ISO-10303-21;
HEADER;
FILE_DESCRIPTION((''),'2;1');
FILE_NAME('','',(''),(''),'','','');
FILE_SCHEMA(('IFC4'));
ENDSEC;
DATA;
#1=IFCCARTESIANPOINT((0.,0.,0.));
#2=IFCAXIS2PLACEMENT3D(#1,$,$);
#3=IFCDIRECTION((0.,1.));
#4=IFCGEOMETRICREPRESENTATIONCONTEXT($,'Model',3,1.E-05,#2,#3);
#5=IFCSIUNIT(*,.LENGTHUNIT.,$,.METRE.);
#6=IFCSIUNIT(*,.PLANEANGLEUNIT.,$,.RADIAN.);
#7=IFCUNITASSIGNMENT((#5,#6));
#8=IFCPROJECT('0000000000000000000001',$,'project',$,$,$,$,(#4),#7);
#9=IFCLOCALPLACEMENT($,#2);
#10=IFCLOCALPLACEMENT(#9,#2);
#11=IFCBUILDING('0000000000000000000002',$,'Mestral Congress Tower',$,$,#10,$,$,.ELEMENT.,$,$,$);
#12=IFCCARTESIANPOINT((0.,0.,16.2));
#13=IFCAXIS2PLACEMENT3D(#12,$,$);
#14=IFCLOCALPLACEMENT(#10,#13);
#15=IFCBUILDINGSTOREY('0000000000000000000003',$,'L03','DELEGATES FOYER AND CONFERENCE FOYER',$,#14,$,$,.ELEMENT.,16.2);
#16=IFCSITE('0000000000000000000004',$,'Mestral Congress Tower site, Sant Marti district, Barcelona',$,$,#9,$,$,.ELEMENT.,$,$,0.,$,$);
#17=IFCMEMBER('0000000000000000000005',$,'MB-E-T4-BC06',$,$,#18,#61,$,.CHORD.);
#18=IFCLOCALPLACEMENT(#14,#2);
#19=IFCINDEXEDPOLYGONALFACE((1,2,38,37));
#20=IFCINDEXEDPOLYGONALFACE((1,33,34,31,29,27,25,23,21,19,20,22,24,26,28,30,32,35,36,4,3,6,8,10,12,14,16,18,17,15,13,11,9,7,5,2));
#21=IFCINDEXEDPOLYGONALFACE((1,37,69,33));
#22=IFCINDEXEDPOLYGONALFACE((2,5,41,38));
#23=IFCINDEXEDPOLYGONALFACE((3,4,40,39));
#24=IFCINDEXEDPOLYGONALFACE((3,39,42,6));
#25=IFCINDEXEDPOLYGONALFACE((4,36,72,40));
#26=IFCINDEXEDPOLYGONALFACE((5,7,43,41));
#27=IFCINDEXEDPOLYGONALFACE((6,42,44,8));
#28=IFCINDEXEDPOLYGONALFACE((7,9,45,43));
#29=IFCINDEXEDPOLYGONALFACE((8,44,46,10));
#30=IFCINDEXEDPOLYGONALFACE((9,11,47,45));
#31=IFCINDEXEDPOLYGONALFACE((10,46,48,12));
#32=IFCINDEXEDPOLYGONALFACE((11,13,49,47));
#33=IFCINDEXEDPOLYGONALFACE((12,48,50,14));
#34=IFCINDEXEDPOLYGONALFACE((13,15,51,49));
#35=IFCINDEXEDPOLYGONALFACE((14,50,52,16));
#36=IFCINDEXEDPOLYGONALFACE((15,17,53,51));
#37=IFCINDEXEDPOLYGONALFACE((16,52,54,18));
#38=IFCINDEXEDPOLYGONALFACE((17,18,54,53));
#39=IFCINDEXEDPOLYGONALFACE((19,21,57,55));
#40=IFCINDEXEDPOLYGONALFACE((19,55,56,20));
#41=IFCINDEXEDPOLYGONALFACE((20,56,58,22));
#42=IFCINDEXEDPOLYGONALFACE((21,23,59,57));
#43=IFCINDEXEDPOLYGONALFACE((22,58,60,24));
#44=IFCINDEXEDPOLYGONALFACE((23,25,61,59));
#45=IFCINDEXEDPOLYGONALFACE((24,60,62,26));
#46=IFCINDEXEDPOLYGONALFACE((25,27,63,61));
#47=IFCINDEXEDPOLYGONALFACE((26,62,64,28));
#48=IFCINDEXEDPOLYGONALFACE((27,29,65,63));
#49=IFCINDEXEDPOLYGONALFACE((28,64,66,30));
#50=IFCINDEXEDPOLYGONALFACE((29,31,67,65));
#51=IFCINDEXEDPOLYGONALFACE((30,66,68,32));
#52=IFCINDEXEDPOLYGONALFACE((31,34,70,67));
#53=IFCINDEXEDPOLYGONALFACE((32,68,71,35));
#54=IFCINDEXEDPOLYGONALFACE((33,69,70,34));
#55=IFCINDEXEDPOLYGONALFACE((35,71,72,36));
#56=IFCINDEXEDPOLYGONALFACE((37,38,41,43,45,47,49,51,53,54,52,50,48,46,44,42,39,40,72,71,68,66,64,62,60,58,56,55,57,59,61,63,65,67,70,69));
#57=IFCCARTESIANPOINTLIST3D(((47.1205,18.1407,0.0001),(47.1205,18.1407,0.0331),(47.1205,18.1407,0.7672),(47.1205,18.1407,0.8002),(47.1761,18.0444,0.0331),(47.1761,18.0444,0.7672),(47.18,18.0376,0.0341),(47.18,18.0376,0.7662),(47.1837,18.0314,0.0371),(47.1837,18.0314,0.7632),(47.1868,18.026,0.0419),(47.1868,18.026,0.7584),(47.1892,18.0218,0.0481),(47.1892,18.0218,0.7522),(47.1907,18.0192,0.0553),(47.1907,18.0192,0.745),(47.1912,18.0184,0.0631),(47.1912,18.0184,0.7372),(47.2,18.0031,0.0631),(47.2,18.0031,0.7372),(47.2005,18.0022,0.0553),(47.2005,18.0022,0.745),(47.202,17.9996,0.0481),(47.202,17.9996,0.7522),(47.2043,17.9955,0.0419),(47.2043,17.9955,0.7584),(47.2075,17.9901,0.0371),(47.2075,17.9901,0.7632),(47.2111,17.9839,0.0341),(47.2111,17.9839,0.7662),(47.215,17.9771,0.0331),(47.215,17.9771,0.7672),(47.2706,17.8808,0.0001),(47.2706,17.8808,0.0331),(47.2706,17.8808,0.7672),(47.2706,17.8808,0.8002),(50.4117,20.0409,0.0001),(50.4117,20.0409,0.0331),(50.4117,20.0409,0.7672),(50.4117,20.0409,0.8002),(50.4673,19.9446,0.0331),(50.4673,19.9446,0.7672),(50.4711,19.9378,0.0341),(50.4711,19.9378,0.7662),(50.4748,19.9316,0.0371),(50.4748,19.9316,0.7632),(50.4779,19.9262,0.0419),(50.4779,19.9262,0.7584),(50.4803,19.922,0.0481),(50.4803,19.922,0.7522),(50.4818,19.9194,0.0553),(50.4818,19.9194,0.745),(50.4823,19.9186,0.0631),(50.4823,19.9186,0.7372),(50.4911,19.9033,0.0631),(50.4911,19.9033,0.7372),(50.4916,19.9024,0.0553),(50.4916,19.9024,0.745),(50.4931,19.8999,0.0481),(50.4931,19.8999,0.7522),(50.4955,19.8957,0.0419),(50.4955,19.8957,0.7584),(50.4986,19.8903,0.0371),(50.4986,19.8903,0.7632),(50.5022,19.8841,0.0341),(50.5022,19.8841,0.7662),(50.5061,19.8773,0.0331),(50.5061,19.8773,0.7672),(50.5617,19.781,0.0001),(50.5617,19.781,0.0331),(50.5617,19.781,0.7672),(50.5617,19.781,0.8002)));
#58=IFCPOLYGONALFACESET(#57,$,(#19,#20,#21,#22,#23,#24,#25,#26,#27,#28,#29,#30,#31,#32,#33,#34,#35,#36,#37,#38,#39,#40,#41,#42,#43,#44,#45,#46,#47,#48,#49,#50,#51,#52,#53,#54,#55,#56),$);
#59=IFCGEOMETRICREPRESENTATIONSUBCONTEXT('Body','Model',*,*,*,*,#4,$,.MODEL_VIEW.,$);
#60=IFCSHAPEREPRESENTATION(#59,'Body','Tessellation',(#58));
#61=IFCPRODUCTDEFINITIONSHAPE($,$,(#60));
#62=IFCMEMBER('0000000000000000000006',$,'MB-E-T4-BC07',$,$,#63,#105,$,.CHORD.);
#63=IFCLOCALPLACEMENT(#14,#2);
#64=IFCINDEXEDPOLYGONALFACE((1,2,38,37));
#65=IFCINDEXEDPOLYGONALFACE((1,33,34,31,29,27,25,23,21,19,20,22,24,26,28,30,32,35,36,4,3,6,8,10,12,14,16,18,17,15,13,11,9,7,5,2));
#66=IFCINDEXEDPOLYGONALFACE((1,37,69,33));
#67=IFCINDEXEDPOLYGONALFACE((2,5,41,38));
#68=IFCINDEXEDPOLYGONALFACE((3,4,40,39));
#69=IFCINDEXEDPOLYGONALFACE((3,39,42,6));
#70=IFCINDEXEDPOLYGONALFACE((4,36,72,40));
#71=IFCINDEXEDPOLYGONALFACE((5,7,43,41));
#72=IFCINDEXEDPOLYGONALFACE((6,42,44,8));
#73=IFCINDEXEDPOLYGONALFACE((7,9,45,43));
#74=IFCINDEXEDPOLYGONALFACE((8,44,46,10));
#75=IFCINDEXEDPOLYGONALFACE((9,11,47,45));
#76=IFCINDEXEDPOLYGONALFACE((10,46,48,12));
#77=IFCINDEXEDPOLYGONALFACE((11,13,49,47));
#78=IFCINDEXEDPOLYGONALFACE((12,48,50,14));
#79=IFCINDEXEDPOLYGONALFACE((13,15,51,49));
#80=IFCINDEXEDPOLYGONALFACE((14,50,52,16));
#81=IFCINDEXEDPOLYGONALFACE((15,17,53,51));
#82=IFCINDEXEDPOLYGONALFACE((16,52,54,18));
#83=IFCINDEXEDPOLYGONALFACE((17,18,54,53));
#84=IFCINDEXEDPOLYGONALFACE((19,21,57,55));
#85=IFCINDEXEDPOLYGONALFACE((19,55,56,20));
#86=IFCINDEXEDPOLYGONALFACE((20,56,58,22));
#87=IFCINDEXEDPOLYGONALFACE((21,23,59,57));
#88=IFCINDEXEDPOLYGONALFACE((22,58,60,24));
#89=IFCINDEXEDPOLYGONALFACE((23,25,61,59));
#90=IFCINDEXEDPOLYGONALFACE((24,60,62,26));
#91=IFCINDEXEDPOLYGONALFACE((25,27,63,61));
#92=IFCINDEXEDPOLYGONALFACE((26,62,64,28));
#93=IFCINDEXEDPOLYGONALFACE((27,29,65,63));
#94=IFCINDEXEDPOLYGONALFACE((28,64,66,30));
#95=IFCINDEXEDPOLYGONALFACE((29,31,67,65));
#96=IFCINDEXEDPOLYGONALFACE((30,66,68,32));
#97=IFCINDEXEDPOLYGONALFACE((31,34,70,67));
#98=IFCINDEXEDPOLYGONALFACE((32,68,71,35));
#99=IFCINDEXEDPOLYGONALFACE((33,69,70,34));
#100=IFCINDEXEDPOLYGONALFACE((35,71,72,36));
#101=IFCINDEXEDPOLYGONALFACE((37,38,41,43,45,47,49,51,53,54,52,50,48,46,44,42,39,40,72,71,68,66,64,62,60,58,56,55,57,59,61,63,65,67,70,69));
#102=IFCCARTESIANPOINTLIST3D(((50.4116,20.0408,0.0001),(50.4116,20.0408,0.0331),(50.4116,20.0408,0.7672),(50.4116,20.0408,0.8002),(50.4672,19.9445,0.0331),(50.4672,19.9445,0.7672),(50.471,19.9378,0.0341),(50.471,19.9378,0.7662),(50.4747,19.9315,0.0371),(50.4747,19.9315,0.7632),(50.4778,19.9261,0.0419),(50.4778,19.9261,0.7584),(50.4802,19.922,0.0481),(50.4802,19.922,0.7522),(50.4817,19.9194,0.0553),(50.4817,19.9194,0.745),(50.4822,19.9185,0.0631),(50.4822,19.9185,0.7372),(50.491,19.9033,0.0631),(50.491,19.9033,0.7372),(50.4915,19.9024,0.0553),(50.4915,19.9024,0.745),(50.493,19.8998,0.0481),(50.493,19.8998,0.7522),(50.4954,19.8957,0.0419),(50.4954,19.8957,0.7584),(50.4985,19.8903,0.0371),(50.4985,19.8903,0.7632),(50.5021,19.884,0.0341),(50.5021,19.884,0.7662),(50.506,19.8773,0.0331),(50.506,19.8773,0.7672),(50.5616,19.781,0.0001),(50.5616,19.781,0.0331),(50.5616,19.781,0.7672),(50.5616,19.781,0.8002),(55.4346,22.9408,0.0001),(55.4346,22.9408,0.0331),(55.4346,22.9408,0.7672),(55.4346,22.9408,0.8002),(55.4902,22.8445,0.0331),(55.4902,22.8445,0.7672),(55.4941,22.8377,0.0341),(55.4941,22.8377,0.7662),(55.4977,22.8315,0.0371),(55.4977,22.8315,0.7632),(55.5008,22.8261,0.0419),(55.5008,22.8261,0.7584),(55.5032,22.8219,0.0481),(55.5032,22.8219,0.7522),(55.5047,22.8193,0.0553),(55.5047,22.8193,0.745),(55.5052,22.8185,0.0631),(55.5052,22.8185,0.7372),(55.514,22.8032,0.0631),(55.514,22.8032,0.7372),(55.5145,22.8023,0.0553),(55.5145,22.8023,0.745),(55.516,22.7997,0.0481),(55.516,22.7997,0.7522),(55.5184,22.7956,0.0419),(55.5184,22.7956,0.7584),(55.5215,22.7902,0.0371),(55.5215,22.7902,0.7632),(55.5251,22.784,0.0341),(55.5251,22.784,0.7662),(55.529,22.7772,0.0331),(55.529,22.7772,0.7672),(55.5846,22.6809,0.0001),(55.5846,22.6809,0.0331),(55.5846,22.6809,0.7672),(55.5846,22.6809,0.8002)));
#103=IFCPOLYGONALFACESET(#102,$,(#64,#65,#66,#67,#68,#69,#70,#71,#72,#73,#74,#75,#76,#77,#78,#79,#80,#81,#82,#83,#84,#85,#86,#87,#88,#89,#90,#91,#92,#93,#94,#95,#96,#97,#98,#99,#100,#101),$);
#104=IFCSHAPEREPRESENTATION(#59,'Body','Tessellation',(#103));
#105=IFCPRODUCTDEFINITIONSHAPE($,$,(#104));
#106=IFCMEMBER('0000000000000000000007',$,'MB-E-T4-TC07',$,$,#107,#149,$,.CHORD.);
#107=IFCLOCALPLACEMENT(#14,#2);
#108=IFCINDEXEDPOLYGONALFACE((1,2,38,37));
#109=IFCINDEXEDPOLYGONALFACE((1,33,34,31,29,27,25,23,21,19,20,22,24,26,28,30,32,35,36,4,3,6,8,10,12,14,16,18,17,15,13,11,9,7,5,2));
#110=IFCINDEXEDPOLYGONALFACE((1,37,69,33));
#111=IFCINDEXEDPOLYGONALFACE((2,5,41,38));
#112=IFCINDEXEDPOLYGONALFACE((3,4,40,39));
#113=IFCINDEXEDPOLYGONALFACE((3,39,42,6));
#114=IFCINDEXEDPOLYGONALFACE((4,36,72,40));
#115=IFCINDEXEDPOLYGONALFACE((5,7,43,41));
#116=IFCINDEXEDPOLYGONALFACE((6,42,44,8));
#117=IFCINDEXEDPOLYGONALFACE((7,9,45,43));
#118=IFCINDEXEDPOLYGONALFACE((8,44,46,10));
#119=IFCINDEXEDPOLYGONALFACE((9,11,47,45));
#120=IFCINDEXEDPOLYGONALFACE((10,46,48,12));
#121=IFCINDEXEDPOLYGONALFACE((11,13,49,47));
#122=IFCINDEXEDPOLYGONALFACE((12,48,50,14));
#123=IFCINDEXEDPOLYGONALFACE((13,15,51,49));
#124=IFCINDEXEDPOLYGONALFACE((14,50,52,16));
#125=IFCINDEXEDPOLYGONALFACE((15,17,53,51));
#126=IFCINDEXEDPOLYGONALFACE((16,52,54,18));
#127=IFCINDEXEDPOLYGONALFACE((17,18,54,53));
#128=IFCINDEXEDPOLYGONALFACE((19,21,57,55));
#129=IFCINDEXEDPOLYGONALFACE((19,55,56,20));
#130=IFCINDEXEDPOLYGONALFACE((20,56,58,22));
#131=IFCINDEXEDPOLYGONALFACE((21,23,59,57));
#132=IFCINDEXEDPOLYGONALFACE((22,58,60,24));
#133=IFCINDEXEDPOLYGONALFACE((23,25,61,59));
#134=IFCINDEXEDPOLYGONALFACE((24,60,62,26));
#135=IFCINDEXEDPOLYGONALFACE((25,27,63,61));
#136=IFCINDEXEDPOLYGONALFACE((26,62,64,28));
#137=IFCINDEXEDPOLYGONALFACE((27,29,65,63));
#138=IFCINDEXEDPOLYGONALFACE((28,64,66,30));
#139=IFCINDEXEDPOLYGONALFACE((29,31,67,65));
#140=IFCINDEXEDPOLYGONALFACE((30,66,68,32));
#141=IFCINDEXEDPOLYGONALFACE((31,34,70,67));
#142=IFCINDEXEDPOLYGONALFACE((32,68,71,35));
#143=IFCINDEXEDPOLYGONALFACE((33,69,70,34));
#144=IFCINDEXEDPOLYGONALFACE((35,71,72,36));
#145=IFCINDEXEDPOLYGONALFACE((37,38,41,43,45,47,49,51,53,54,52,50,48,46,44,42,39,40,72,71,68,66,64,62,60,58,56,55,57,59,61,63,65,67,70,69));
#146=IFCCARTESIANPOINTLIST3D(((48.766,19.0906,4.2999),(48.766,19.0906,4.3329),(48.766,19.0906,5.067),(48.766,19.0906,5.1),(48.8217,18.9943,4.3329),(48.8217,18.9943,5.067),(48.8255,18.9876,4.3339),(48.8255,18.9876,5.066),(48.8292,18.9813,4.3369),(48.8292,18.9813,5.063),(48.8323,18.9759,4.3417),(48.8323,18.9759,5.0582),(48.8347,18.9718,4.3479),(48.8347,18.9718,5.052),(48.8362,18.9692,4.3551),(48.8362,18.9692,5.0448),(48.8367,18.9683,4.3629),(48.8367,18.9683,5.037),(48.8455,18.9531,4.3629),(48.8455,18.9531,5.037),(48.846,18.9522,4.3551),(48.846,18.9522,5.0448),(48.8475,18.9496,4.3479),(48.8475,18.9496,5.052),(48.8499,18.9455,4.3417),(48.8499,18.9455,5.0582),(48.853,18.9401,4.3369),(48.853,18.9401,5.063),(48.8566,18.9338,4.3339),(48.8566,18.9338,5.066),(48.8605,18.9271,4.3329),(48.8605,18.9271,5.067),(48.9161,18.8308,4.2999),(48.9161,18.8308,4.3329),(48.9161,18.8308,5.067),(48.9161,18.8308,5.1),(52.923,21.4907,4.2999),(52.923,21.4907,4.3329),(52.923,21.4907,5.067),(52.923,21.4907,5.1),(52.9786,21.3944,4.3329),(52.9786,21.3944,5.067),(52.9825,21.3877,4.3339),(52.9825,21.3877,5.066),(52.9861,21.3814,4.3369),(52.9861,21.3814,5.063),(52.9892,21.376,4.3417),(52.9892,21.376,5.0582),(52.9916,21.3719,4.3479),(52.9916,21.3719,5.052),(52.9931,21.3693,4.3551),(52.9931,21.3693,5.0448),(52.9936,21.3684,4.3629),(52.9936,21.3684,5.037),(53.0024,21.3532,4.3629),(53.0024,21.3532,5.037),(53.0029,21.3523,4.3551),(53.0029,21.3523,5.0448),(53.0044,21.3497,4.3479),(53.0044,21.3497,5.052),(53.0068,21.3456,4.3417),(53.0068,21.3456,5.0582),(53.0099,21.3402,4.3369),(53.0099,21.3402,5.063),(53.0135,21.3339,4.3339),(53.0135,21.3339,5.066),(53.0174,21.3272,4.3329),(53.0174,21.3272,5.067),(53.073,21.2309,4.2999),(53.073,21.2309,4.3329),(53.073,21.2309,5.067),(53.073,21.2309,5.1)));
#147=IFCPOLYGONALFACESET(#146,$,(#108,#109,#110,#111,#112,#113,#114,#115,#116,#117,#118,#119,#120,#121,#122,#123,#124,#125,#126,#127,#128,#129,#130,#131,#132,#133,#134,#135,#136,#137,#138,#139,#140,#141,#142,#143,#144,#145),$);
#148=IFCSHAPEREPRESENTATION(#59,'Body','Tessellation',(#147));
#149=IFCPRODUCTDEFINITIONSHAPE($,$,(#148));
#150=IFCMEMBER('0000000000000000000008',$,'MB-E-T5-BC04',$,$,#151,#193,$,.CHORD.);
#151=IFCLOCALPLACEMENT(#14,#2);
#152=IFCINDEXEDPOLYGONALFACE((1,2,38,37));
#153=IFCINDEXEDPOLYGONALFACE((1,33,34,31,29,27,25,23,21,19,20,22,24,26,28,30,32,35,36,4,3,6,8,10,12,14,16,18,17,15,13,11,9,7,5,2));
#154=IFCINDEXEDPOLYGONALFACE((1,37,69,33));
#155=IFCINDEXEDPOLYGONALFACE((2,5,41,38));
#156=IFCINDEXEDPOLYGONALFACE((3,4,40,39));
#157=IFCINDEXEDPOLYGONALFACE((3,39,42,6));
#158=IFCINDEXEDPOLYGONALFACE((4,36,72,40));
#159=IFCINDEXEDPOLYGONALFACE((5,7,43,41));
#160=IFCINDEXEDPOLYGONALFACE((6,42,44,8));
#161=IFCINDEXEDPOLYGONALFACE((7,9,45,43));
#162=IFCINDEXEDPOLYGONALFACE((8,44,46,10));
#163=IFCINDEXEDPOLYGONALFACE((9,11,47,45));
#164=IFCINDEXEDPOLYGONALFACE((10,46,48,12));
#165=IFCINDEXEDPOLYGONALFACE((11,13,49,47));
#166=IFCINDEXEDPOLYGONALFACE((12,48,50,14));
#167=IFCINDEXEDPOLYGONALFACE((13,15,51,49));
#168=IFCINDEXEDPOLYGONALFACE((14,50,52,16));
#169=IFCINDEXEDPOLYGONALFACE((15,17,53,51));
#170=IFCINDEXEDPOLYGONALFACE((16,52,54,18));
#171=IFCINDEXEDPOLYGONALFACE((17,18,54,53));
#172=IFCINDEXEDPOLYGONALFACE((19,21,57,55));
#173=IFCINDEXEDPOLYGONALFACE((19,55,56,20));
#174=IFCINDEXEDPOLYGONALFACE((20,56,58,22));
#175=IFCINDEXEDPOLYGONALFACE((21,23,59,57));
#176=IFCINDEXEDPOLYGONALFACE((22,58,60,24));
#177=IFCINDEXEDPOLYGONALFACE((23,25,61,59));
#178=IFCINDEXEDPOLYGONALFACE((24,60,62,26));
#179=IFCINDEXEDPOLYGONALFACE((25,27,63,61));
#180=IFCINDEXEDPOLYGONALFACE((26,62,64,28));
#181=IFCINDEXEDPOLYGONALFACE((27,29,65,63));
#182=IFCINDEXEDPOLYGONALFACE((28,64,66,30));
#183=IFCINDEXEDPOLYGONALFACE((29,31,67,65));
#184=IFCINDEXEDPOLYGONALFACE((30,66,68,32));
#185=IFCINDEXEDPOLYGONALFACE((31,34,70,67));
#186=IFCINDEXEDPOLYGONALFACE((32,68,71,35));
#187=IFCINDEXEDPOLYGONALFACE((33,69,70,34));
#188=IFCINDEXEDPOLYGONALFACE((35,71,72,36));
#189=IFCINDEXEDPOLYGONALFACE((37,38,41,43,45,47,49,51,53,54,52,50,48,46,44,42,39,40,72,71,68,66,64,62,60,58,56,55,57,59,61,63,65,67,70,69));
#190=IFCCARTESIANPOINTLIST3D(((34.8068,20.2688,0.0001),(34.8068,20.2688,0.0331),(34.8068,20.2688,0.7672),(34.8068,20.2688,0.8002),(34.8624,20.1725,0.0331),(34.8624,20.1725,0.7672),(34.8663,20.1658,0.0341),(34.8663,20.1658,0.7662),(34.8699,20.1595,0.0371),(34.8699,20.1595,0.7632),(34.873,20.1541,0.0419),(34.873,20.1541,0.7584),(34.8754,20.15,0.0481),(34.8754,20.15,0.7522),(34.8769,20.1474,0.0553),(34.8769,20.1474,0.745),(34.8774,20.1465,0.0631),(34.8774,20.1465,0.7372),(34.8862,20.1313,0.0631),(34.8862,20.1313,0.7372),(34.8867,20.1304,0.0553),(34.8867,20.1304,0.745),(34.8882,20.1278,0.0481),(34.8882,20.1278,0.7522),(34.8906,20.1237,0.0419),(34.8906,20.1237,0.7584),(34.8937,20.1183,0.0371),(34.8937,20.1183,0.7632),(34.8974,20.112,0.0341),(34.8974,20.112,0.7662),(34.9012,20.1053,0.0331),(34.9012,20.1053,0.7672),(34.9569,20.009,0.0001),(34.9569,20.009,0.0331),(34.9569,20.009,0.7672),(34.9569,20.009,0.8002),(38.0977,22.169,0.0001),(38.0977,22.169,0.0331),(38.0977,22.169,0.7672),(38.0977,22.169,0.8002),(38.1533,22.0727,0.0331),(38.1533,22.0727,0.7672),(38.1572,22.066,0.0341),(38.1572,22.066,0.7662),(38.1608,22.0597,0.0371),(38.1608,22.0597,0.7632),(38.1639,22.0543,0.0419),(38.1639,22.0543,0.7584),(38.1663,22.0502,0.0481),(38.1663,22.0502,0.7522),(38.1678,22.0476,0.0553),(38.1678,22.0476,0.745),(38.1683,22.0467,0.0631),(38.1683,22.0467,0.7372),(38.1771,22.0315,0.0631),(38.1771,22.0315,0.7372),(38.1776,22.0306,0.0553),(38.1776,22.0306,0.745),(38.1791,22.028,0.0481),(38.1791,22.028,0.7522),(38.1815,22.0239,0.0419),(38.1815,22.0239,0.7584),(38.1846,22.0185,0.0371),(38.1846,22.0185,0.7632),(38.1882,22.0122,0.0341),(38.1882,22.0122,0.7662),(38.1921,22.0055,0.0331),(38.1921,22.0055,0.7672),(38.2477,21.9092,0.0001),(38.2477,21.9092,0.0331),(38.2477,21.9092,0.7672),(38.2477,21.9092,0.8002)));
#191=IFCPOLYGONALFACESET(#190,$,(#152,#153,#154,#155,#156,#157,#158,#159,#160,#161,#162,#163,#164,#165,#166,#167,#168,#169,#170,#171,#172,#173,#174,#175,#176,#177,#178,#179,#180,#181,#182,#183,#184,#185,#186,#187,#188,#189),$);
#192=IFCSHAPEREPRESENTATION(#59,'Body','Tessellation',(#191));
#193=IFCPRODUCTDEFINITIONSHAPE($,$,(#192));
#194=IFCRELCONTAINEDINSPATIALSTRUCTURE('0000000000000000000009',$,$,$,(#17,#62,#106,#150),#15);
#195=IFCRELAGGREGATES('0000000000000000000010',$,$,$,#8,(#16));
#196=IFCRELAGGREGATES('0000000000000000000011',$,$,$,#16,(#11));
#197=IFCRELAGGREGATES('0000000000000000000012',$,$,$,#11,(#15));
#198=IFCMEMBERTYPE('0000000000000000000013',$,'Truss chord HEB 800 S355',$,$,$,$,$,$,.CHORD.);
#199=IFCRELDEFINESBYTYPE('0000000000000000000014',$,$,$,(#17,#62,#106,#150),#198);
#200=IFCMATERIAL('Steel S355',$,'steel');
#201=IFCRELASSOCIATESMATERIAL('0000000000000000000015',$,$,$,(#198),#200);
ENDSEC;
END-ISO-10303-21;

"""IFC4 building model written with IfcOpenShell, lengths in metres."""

from ifc_helpers import new_model, si_unit, direction, frame, origin, origin_2d, place, context, subcontext, project, spatial, i_section, extrude, material, material_profile, profile_set, type_object, element, save


model = new_model("IFC4")

# Units and contexts
model_context = context("Model", 3, precision=1e-05, world=origin(), true_north=direction((0.0, 1.0)))
body_context = subcontext(model_context, "Body", "Model", "MODEL_VIEW")
ifc_project = project(units=[si_unit("LENGTHUNIT", "METRE"), si_unit("PLANEANGLEUNIT", "RADIAN")], contexts=[model_context])

# Site, building, storey
site_placement = place(None, origin())
site = spatial("IfcSite", under=ifc_project, at=site_placement, Name="Mestral Congress Tower site, Sant Marti district, Barcelona", CompositionType="ELEMENT", RefElevation=0.0)
building_placement = place(site_placement, origin())
building = spatial("IfcBuilding", under=site, at=building_placement, Name="Mestral Congress Tower", CompositionType="ELEMENT")
storey_placement = place(building_placement, frame((0.0, 0.0, 16.2)))
storey = spatial("IfcBuildingStorey", under=building, at=storey_placement, Name="L03", Description="DELEGATES FOYER AND CONFERENCE FOYER", CompositionType="ELEMENT", Elevation=16.2)

# Members
ifc_material = material(Name="Steel S355", Category="steel")
ifc_material_profile_1 = material_profile(ifc_material, i_section(OverallWidth=0.3, OverallDepth=0.8, WebThickness=0.0176, FlangeThickness=0.033, FilletRadius=0.03, at=origin_2d()), Name="HEB 800")
ifc_profile_set_1 = profile_set([ifc_material_profile_1], Name="Steel S355")
member_type_1 = type_object("IfcMemberType", Name="Truss chord HEB 800 S355", PredefinedType="CHORD", material=ifc_profile_set_1)
member_1_placement = place(storey_placement, frame((47.1956, 18.0107, 0.4001), z_axis=(0.866017, 0.500015, 0.0), x_axis=(-0.500015, 0.866017, 0.0)))
element("IfcMember", 1, at=member_1_placement, inside=storey, type_object=member_type_1, Name="MB-E-T4-BC06", PredefinedType="CHORD", context=body_context, shape_type="SweptSolid", body=[
    extrude(i_section(OverallWidth=0.3, OverallDepth=0.8, WebThickness=0.0176, FlangeThickness=0.033, FilletRadius=0.03, at=origin_2d()), origin(), (0.0, 0.0, 1.0), 3.8003),
])
member_2_placement = place(storey_placement, frame((50.4866, 19.9109, 0.4001), z_axis=(0.866033, 0.499987, 0.0), x_axis=(-0.499987, 0.866033, 0.0)))
element("IfcMember", 2, at=member_2_placement, inside=storey, type_object=member_type_1, Name="MB-E-T4-BC07", PredefinedType="CHORD", context=body_context, shape_type="SweptSolid", body=[
    extrude(i_section(OverallWidth=0.3, OverallDepth=0.8, WebThickness=0.0176, FlangeThickness=0.033, FilletRadius=0.03, at=origin_2d()), origin(), (0.0, 0.0, 1.0), 5.8),
])
member_3_placement = place(storey_placement, frame((48.8411, 18.9607, 4.7), z_axis=(0.866015, 0.500017, 0.0), x_axis=(-0.500017, 0.866015, 0.0)))
element("IfcMember", 3, at=member_3_placement, inside=storey, type_object=member_type_1, Name="MB-E-T4-TC07", PredefinedType="CHORD", context=body_context, shape_type="SweptSolid", body=[
    extrude(i_section(OverallWidth=0.3, OverallDepth=0.8, WebThickness=0.0176, FlangeThickness=0.033, FilletRadius=0.03, at=origin_2d()), origin(), (0.0, 0.0, 1.0), 4.8),
])
member_4_placement = place(storey_placement, frame((34.8818, 20.1389, 0.4001), z_axis=(0.866, 0.500043, 0.0), x_axis=(-0.500043, 0.866, 0.0)))
element("IfcMember", 4, at=member_4_placement, inside=storey, type_object=member_type_1, Name="MB-E-T5-BC04", PredefinedType="CHORD", context=body_context, shape_type="SweptSolid", body=[
    extrude(i_section(OverallWidth=0.3, OverallDepth=0.8, WebThickness=0.0176, FlangeThickness=0.033, FilletRadius=0.03, at=origin_2d()), origin(), (0.0, 0.0, 1.0), 3.8),
])

save(model, "model.ifc")
